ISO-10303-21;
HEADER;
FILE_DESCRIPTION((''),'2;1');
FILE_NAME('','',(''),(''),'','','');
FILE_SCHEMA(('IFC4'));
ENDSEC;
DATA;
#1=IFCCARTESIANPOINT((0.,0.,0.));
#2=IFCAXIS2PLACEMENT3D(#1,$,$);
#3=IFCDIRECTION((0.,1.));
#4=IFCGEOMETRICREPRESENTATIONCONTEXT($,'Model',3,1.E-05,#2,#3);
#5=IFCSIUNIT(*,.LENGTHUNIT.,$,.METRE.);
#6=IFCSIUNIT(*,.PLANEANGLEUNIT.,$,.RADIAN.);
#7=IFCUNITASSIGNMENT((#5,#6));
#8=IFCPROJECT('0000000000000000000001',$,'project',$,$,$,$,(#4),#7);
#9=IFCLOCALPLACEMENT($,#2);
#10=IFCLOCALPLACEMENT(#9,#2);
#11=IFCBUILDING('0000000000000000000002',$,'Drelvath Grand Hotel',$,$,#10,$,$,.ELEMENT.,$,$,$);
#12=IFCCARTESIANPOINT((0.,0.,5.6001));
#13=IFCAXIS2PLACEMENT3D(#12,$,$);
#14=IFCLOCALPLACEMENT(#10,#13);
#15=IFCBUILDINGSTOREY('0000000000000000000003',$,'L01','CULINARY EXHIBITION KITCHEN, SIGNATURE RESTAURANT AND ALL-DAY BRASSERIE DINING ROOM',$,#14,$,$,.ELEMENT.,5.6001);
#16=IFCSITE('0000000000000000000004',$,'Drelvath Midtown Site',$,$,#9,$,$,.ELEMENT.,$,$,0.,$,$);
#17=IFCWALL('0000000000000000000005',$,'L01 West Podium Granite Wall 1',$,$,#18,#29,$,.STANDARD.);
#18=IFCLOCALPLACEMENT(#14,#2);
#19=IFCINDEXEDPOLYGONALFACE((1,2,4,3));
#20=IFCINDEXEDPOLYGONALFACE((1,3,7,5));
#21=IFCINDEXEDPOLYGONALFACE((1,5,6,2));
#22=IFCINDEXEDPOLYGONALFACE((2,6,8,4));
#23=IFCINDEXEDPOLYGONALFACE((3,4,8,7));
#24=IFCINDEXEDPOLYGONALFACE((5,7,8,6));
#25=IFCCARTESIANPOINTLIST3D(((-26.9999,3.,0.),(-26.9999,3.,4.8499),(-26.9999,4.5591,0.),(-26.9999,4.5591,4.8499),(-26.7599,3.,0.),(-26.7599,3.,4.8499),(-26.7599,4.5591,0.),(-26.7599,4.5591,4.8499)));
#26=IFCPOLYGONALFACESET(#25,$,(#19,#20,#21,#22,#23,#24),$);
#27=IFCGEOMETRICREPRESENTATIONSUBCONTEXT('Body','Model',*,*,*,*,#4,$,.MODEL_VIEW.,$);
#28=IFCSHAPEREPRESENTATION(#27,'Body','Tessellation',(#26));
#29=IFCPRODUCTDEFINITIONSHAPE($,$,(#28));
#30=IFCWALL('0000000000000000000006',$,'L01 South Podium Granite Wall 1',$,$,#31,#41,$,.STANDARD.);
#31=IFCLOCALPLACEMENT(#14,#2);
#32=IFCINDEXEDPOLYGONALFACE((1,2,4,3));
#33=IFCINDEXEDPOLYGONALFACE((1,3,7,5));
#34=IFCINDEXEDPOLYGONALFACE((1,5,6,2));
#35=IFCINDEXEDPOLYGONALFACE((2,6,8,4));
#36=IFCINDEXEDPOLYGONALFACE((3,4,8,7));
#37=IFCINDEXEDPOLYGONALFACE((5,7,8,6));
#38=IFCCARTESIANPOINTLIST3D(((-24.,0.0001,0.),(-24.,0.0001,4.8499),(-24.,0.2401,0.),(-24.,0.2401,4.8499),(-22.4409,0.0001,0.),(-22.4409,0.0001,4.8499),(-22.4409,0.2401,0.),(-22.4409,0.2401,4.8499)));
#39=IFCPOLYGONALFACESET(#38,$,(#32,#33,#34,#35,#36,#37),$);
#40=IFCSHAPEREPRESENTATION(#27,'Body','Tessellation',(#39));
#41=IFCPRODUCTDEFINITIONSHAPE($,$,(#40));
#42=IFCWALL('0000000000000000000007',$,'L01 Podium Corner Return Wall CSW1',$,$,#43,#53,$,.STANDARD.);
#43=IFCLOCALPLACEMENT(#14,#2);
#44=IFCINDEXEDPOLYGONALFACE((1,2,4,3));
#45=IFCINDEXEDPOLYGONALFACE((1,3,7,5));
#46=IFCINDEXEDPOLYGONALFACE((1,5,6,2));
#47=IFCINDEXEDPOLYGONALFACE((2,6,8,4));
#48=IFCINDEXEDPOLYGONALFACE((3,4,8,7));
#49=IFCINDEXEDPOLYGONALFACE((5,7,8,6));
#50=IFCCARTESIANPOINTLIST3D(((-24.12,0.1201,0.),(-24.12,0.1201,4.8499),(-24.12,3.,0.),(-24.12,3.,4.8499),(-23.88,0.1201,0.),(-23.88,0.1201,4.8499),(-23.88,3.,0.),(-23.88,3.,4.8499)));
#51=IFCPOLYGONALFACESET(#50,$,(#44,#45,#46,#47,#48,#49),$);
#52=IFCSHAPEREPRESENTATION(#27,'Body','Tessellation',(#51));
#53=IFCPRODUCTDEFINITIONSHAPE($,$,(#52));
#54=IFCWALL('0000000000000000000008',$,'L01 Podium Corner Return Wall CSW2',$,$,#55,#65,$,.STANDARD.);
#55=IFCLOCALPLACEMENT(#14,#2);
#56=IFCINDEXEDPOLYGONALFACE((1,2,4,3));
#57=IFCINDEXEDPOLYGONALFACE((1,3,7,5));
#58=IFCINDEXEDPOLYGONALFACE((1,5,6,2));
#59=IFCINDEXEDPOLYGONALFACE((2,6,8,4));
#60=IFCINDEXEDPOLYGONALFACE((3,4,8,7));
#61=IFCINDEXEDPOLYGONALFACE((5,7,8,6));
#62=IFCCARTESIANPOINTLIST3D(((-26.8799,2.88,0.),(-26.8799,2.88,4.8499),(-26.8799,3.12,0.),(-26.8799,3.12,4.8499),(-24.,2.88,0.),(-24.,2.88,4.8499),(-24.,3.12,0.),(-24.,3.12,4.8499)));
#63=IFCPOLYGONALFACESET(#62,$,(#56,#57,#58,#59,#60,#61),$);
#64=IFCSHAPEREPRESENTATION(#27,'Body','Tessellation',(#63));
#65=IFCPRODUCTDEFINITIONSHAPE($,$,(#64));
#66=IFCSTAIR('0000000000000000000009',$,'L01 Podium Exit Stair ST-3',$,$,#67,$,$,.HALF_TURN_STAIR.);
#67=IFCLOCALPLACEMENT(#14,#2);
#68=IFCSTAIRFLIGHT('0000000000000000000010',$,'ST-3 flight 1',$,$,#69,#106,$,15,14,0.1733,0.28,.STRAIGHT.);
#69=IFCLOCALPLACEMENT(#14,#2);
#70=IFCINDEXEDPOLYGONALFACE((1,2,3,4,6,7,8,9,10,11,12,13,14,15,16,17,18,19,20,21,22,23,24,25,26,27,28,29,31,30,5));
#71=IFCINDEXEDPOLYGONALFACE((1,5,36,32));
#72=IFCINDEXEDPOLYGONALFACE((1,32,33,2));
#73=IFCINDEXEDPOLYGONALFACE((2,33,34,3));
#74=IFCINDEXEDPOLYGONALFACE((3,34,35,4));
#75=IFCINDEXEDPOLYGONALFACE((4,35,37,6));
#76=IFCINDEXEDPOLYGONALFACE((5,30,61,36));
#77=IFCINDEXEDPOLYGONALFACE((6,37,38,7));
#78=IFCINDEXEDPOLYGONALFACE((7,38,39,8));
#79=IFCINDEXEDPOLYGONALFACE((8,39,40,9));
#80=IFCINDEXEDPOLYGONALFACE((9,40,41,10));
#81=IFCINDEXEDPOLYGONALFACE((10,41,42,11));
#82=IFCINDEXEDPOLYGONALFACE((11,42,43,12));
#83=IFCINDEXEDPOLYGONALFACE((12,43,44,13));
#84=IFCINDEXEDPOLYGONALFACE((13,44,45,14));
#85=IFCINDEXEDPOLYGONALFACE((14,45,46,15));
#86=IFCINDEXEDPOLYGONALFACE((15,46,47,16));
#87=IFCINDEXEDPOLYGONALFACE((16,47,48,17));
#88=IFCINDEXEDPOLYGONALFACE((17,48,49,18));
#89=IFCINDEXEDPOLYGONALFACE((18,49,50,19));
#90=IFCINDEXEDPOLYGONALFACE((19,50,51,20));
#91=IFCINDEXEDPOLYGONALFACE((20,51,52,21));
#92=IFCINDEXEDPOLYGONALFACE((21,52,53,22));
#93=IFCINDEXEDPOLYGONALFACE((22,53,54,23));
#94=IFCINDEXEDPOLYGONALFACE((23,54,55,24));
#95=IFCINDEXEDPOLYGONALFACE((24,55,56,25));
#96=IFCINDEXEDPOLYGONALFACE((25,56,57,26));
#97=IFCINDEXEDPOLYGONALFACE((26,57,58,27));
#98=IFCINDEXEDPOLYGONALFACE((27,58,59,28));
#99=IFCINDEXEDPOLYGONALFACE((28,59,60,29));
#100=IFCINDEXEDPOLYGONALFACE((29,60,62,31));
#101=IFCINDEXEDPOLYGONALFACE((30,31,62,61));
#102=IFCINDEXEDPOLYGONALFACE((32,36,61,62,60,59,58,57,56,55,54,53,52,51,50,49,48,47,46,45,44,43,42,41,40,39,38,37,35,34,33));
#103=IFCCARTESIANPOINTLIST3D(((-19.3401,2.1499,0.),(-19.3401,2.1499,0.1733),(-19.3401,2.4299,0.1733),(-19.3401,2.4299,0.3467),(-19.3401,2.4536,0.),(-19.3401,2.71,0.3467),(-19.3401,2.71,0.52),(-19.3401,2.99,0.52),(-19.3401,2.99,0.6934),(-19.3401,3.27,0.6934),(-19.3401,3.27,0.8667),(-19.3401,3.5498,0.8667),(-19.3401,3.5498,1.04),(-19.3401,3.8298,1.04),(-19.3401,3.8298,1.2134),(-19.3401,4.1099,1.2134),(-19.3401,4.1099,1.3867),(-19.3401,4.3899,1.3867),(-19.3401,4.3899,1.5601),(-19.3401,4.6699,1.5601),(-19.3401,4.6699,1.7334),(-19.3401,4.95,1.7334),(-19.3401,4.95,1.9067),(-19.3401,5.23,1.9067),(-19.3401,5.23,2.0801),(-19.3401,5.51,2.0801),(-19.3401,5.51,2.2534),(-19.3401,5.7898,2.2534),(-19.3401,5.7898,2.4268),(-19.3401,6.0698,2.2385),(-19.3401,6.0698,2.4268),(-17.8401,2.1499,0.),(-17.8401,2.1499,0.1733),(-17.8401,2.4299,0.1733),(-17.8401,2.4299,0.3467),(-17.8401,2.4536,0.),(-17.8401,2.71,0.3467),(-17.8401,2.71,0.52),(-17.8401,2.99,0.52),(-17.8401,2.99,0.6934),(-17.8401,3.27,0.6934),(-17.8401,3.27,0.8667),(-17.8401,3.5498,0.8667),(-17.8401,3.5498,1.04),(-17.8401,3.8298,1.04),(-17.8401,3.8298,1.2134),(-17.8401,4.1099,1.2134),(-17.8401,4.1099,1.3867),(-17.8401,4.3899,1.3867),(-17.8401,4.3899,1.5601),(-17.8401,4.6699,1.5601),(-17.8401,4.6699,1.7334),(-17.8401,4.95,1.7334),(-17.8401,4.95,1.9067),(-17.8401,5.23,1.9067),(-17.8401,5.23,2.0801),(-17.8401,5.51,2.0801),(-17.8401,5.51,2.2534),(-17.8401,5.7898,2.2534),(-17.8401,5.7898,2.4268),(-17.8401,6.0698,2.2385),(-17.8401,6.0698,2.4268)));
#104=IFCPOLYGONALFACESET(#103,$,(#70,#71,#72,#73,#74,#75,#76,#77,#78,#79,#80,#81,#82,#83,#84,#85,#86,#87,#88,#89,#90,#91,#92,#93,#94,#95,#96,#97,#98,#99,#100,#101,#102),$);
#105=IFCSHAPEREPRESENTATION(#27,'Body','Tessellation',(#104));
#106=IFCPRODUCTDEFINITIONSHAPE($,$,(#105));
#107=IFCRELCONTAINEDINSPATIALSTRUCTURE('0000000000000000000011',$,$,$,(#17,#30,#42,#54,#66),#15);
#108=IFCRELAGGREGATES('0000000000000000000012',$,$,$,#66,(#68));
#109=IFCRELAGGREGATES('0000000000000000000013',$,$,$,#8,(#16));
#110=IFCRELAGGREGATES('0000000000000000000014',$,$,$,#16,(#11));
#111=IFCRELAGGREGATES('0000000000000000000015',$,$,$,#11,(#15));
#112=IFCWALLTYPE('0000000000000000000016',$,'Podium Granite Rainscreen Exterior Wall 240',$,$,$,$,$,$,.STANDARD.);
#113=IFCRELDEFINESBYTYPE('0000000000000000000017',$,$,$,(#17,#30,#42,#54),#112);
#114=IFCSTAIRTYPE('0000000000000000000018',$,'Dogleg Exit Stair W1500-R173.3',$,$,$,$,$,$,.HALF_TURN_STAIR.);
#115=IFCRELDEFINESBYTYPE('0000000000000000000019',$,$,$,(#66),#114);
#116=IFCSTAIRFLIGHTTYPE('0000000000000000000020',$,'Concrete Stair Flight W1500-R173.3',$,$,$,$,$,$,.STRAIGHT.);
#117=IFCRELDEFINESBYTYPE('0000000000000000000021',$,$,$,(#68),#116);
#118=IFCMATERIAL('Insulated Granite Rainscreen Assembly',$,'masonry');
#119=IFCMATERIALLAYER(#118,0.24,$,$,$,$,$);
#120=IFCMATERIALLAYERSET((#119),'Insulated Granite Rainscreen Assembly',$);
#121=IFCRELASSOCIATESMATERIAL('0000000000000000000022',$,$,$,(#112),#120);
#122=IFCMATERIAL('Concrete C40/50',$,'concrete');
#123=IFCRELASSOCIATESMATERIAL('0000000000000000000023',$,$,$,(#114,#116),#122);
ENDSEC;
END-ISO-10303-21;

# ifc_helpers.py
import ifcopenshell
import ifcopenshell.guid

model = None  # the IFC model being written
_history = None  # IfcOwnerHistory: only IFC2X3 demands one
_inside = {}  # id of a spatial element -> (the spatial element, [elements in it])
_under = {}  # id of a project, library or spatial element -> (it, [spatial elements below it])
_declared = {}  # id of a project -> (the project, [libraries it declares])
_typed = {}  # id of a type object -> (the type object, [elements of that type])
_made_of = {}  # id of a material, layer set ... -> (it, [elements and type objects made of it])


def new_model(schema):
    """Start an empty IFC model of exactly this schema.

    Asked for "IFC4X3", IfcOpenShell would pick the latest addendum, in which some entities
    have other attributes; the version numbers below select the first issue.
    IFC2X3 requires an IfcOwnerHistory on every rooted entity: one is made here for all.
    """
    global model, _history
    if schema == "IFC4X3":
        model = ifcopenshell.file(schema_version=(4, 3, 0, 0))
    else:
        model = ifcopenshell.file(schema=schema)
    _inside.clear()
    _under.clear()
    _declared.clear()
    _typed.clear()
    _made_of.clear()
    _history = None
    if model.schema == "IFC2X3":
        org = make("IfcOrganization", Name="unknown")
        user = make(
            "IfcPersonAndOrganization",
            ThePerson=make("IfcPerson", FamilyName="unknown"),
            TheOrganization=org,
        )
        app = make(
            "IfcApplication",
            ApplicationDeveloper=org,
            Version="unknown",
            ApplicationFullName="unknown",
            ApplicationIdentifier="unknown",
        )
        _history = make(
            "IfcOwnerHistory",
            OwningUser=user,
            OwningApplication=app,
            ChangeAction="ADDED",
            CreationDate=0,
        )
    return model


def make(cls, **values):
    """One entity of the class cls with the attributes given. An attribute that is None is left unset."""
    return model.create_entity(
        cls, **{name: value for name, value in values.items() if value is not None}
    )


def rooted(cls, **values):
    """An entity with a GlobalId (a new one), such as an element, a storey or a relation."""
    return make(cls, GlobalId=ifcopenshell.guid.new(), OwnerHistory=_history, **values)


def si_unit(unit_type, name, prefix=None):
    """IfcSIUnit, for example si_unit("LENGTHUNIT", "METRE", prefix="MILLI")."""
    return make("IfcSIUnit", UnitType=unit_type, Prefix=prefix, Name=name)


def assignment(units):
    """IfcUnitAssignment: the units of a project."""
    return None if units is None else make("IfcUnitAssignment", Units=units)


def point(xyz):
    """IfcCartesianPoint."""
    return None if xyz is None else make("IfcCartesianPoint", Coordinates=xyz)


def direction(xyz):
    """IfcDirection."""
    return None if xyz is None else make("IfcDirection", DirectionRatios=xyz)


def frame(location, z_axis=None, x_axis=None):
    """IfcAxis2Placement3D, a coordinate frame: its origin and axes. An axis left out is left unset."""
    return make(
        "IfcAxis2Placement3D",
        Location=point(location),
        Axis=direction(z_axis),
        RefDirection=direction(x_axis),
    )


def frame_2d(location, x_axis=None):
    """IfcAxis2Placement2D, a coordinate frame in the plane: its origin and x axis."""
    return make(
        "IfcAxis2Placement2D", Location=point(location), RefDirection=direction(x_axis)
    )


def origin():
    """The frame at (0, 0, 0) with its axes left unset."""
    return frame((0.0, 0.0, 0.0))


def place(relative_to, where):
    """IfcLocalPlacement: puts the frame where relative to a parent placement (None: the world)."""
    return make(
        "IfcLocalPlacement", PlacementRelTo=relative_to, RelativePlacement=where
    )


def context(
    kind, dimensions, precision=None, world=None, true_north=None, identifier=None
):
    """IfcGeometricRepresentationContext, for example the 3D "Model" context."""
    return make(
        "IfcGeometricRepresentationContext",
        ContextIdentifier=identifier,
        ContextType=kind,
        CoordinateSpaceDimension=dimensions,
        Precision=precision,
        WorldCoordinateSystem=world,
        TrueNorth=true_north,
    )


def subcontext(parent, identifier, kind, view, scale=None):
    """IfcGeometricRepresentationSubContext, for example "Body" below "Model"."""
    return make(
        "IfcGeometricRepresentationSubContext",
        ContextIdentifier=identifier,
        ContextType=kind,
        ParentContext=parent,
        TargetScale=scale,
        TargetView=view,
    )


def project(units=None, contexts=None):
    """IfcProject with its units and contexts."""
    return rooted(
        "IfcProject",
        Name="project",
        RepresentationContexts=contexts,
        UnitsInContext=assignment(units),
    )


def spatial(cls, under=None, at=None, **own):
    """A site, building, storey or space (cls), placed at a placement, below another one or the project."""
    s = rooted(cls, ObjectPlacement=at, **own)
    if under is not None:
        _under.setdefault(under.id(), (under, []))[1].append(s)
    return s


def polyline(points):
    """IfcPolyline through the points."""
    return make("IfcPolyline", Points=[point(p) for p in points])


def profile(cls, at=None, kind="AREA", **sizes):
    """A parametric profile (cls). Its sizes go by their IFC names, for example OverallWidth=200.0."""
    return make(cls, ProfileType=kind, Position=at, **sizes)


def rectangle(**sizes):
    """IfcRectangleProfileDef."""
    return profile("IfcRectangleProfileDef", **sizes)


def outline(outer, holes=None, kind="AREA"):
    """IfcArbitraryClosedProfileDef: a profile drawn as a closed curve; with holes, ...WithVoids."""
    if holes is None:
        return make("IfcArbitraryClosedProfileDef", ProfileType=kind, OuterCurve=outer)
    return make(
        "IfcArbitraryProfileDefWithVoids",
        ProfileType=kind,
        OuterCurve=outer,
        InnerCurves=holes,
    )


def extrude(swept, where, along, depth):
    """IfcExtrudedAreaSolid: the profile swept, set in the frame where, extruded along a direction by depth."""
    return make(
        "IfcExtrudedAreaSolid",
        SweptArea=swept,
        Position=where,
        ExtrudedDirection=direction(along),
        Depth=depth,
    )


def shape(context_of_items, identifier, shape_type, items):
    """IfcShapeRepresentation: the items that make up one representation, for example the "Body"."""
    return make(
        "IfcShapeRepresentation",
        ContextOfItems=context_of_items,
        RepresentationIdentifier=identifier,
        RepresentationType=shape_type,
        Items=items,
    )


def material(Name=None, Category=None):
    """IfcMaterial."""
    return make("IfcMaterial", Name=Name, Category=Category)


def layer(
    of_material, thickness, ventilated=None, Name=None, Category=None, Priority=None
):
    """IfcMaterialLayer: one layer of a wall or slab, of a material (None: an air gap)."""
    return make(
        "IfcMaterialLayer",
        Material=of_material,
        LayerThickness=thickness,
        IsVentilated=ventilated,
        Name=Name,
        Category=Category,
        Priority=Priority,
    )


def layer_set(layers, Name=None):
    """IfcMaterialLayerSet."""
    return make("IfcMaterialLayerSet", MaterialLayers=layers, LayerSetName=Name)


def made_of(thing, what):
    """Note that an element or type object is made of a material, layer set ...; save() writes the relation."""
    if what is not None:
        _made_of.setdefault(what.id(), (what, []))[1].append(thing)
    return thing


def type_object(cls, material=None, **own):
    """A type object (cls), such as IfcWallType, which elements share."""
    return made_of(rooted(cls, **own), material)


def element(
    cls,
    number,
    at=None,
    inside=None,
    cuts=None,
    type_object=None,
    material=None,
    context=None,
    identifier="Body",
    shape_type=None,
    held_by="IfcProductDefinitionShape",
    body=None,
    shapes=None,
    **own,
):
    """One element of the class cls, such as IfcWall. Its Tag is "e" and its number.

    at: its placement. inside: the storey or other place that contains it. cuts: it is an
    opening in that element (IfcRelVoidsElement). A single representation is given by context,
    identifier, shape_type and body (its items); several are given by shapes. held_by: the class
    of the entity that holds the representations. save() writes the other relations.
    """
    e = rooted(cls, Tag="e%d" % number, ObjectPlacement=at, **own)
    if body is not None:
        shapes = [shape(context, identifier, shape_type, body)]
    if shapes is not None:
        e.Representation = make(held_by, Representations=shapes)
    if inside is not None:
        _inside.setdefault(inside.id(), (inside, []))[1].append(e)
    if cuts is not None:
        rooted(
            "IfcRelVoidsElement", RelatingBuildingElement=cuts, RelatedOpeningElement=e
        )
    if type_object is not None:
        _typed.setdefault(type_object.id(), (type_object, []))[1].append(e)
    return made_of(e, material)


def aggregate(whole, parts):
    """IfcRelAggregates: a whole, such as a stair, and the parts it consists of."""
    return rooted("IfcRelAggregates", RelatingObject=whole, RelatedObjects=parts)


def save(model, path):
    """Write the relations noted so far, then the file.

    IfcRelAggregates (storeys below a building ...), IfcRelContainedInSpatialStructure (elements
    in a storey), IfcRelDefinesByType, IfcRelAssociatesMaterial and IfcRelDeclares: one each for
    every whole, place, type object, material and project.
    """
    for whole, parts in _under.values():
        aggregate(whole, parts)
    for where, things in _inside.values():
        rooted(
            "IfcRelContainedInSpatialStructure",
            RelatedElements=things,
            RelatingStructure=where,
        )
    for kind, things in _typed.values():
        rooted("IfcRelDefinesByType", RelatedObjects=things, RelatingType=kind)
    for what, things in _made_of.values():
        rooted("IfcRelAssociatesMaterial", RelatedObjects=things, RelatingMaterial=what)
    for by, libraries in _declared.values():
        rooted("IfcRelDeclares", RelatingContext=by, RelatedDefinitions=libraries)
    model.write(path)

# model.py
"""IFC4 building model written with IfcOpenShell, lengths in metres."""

from ifc_helpers import new_model, si_unit, direction, frame, frame_2d, origin, place, context, subcontext, project, spatial, polyline, rectangle, outline, extrude, material, layer, layer_set, type_object, element, aggregate, save


model = new_model("IFC4")

# Units and contexts
model_context = context("Model", 3, precision=1e-05, world=origin(), true_north=direction((0.0, 1.0)))
body_context = subcontext(model_context, "Body", "Model", "MODEL_VIEW")
ifc_project = project(units=[si_unit("LENGTHUNIT", "METRE"), si_unit("PLANEANGLEUNIT", "RADIAN")], contexts=[model_context])

# Site, building, storey
site_placement = place(None, origin())
site = spatial("IfcSite", under=ifc_project, at=site_placement, Name="Drelvath Midtown Site", CompositionType="ELEMENT", RefElevation=0.0)
building_placement = place(site_placement, origin())
building = spatial("IfcBuilding", under=site, at=building_placement, Name="Drelvath Grand Hotel", CompositionType="ELEMENT")
storey_placement = place(building_placement, frame((0.0, 0.0, 5.6001)))
storey = spatial("IfcBuildingStorey", under=building, at=storey_placement, Name="L01", Description="CULINARY EXHIBITION KITCHEN, SIGNATURE RESTAURANT AND ALL-DAY BRASSERIE DINING ROOM", CompositionType="ELEMENT", Elevation=5.6001)

# Shared definitions
ifc_material_1 = material(Name="Concrete C40/50", Category="concrete")

# Walls
ifc_material_2 = material(Name="Insulated Granite Rainscreen Assembly", Category="masonry")
ifc_layer_1 = layer(ifc_material_2, 0.24)
ifc_layer_set_1 = layer_set([ifc_layer_1], Name="Insulated Granite Rainscreen Assembly")
wall_type_1 = type_object("IfcWallType", Name="Podium Granite Rainscreen Exterior Wall 240", PredefinedType="STANDARD", material=ifc_layer_set_1)
for number, where, z_axis, x_axis, name in (
    (1, (-26.8799, 3.0, 0.0), (0.0, 0.0, 1.0), (0.0, 1.0, 0.0), "L01 West Podium Granite Wall 1"),
    (2, (-22.4409, 0.1201, 0.0), (0.0, 0.0, 1.0), (-1.0, 0.0, 0.0), "L01 South Podium Granite Wall 1"),
):
    element("IfcWall", number, at=place(storey_placement, frame(where, z_axis=z_axis, x_axis=x_axis)), inside=storey, type_object=wall_type_1, Name=name, PredefinedType="STANDARD", context=body_context, shape_type="SweptSolid", body=[
        extrude(rectangle(XDim=1.5591, YDim=0.24, at=frame_2d((0.7795, 0.0))), origin(), (0.0, 0.0, 1.0), 4.8499),
    ])
for number, where, z_axis, x_axis, name in (
    (3, (-24.0, 0.1201, 0.0), (0.0, 0.0, 1.0), (0.0, 1.0, 0.0), "L01 Podium Corner Return Wall CSW1"),
    (4, (-24.0, 3.0, 0.0), (0.0, 0.0, 1.0), (-1.0, 0.0, 0.0), "L01 Podium Corner Return Wall CSW2"),
):
    element("IfcWall", number, at=place(storey_placement, frame(where, z_axis=z_axis, x_axis=x_axis)), inside=storey, type_object=wall_type_1, Name=name, PredefinedType="STANDARD", context=body_context, shape_type="SweptSolid", body=[
        extrude(rectangle(XDim=2.8799, YDim=0.24, at=frame_2d((1.4399, 0.0))), origin(), (0.0, 0.0, 1.0), 4.8499),
    ])

# Stair, stair flight
stair_type = type_object("IfcStairType", Name="Dogleg Exit Stair W1500-R173.3", PredefinedType="HALF_TURN_STAIR", material=ifc_material_1)
stair_placement = place(storey_placement, origin())
stair = element("IfcStair", 5, at=stair_placement, inside=storey, type_object=stair_type, Name="L01 Podium Exit Stair ST-3", PredefinedType="HALF_TURN_STAIR")
stair_flight_type = type_object("IfcStairFlightType", Name="Concrete Stair Flight W1500-R173.3", PredefinedType="STRAIGHT", material=ifc_material_1)
stair_flight_placement = place(storey_placement, frame((-18.5901, 2.1499, 0.0), z_axis=(0.0, 0.0, 1.0), x_axis=(0.0, 1.0, 0.0)))
stair_flight = element("IfcStairFlight", 6, at=stair_flight_placement, type_object=stair_flight_type, Name="ST-3 flight 1", NumberOfRisers=15, NumberOfTreads=14, PredefinedType="STRAIGHT", RiserHeight=0.1733, TreadLength=0.28, context=body_context, shape_type="SweptSolid", body=[
    extrude(outline(polyline([(0.0, 0.0), (0.0, 0.1733), (0.28, 0.1733), (0.28, 0.3467), (0.5601, 0.3467), (0.5601, 0.52), (0.8401, 0.52), (0.8401, 0.6934), (1.1201, 0.6934), (1.1201, 0.8667), (1.3999, 0.8667), (1.3999, 1.04), (1.6799, 1.04), (1.6799, 1.2134), (1.96, 1.2134), (1.96, 1.3867), (2.24, 1.3867), (2.24, 1.5601), (2.52, 1.5601), (2.52, 1.7334), (2.8, 1.7334), (2.8, 1.9067), (3.0801, 1.9067), (3.0801, 2.0801), (3.3601, 2.0801), (3.3601, 2.2534), (3.6399, 2.2534), (3.6399, 2.4268), (3.9199, 2.4268), (3.9199, 2.6001), (3.9199, 2.2385), (0.3037, 0.0), (0.0, 0.0)])), frame((0.0, 0.75, 0.0), z_axis=(0.0, -1.0, 0.0), x_axis=(1.0, 0.0, 0.0)), (0.0, 0.0, 1.0), 1.5),
])
aggregate(stair, [stair_flight])

save(model, "model.ifc")
